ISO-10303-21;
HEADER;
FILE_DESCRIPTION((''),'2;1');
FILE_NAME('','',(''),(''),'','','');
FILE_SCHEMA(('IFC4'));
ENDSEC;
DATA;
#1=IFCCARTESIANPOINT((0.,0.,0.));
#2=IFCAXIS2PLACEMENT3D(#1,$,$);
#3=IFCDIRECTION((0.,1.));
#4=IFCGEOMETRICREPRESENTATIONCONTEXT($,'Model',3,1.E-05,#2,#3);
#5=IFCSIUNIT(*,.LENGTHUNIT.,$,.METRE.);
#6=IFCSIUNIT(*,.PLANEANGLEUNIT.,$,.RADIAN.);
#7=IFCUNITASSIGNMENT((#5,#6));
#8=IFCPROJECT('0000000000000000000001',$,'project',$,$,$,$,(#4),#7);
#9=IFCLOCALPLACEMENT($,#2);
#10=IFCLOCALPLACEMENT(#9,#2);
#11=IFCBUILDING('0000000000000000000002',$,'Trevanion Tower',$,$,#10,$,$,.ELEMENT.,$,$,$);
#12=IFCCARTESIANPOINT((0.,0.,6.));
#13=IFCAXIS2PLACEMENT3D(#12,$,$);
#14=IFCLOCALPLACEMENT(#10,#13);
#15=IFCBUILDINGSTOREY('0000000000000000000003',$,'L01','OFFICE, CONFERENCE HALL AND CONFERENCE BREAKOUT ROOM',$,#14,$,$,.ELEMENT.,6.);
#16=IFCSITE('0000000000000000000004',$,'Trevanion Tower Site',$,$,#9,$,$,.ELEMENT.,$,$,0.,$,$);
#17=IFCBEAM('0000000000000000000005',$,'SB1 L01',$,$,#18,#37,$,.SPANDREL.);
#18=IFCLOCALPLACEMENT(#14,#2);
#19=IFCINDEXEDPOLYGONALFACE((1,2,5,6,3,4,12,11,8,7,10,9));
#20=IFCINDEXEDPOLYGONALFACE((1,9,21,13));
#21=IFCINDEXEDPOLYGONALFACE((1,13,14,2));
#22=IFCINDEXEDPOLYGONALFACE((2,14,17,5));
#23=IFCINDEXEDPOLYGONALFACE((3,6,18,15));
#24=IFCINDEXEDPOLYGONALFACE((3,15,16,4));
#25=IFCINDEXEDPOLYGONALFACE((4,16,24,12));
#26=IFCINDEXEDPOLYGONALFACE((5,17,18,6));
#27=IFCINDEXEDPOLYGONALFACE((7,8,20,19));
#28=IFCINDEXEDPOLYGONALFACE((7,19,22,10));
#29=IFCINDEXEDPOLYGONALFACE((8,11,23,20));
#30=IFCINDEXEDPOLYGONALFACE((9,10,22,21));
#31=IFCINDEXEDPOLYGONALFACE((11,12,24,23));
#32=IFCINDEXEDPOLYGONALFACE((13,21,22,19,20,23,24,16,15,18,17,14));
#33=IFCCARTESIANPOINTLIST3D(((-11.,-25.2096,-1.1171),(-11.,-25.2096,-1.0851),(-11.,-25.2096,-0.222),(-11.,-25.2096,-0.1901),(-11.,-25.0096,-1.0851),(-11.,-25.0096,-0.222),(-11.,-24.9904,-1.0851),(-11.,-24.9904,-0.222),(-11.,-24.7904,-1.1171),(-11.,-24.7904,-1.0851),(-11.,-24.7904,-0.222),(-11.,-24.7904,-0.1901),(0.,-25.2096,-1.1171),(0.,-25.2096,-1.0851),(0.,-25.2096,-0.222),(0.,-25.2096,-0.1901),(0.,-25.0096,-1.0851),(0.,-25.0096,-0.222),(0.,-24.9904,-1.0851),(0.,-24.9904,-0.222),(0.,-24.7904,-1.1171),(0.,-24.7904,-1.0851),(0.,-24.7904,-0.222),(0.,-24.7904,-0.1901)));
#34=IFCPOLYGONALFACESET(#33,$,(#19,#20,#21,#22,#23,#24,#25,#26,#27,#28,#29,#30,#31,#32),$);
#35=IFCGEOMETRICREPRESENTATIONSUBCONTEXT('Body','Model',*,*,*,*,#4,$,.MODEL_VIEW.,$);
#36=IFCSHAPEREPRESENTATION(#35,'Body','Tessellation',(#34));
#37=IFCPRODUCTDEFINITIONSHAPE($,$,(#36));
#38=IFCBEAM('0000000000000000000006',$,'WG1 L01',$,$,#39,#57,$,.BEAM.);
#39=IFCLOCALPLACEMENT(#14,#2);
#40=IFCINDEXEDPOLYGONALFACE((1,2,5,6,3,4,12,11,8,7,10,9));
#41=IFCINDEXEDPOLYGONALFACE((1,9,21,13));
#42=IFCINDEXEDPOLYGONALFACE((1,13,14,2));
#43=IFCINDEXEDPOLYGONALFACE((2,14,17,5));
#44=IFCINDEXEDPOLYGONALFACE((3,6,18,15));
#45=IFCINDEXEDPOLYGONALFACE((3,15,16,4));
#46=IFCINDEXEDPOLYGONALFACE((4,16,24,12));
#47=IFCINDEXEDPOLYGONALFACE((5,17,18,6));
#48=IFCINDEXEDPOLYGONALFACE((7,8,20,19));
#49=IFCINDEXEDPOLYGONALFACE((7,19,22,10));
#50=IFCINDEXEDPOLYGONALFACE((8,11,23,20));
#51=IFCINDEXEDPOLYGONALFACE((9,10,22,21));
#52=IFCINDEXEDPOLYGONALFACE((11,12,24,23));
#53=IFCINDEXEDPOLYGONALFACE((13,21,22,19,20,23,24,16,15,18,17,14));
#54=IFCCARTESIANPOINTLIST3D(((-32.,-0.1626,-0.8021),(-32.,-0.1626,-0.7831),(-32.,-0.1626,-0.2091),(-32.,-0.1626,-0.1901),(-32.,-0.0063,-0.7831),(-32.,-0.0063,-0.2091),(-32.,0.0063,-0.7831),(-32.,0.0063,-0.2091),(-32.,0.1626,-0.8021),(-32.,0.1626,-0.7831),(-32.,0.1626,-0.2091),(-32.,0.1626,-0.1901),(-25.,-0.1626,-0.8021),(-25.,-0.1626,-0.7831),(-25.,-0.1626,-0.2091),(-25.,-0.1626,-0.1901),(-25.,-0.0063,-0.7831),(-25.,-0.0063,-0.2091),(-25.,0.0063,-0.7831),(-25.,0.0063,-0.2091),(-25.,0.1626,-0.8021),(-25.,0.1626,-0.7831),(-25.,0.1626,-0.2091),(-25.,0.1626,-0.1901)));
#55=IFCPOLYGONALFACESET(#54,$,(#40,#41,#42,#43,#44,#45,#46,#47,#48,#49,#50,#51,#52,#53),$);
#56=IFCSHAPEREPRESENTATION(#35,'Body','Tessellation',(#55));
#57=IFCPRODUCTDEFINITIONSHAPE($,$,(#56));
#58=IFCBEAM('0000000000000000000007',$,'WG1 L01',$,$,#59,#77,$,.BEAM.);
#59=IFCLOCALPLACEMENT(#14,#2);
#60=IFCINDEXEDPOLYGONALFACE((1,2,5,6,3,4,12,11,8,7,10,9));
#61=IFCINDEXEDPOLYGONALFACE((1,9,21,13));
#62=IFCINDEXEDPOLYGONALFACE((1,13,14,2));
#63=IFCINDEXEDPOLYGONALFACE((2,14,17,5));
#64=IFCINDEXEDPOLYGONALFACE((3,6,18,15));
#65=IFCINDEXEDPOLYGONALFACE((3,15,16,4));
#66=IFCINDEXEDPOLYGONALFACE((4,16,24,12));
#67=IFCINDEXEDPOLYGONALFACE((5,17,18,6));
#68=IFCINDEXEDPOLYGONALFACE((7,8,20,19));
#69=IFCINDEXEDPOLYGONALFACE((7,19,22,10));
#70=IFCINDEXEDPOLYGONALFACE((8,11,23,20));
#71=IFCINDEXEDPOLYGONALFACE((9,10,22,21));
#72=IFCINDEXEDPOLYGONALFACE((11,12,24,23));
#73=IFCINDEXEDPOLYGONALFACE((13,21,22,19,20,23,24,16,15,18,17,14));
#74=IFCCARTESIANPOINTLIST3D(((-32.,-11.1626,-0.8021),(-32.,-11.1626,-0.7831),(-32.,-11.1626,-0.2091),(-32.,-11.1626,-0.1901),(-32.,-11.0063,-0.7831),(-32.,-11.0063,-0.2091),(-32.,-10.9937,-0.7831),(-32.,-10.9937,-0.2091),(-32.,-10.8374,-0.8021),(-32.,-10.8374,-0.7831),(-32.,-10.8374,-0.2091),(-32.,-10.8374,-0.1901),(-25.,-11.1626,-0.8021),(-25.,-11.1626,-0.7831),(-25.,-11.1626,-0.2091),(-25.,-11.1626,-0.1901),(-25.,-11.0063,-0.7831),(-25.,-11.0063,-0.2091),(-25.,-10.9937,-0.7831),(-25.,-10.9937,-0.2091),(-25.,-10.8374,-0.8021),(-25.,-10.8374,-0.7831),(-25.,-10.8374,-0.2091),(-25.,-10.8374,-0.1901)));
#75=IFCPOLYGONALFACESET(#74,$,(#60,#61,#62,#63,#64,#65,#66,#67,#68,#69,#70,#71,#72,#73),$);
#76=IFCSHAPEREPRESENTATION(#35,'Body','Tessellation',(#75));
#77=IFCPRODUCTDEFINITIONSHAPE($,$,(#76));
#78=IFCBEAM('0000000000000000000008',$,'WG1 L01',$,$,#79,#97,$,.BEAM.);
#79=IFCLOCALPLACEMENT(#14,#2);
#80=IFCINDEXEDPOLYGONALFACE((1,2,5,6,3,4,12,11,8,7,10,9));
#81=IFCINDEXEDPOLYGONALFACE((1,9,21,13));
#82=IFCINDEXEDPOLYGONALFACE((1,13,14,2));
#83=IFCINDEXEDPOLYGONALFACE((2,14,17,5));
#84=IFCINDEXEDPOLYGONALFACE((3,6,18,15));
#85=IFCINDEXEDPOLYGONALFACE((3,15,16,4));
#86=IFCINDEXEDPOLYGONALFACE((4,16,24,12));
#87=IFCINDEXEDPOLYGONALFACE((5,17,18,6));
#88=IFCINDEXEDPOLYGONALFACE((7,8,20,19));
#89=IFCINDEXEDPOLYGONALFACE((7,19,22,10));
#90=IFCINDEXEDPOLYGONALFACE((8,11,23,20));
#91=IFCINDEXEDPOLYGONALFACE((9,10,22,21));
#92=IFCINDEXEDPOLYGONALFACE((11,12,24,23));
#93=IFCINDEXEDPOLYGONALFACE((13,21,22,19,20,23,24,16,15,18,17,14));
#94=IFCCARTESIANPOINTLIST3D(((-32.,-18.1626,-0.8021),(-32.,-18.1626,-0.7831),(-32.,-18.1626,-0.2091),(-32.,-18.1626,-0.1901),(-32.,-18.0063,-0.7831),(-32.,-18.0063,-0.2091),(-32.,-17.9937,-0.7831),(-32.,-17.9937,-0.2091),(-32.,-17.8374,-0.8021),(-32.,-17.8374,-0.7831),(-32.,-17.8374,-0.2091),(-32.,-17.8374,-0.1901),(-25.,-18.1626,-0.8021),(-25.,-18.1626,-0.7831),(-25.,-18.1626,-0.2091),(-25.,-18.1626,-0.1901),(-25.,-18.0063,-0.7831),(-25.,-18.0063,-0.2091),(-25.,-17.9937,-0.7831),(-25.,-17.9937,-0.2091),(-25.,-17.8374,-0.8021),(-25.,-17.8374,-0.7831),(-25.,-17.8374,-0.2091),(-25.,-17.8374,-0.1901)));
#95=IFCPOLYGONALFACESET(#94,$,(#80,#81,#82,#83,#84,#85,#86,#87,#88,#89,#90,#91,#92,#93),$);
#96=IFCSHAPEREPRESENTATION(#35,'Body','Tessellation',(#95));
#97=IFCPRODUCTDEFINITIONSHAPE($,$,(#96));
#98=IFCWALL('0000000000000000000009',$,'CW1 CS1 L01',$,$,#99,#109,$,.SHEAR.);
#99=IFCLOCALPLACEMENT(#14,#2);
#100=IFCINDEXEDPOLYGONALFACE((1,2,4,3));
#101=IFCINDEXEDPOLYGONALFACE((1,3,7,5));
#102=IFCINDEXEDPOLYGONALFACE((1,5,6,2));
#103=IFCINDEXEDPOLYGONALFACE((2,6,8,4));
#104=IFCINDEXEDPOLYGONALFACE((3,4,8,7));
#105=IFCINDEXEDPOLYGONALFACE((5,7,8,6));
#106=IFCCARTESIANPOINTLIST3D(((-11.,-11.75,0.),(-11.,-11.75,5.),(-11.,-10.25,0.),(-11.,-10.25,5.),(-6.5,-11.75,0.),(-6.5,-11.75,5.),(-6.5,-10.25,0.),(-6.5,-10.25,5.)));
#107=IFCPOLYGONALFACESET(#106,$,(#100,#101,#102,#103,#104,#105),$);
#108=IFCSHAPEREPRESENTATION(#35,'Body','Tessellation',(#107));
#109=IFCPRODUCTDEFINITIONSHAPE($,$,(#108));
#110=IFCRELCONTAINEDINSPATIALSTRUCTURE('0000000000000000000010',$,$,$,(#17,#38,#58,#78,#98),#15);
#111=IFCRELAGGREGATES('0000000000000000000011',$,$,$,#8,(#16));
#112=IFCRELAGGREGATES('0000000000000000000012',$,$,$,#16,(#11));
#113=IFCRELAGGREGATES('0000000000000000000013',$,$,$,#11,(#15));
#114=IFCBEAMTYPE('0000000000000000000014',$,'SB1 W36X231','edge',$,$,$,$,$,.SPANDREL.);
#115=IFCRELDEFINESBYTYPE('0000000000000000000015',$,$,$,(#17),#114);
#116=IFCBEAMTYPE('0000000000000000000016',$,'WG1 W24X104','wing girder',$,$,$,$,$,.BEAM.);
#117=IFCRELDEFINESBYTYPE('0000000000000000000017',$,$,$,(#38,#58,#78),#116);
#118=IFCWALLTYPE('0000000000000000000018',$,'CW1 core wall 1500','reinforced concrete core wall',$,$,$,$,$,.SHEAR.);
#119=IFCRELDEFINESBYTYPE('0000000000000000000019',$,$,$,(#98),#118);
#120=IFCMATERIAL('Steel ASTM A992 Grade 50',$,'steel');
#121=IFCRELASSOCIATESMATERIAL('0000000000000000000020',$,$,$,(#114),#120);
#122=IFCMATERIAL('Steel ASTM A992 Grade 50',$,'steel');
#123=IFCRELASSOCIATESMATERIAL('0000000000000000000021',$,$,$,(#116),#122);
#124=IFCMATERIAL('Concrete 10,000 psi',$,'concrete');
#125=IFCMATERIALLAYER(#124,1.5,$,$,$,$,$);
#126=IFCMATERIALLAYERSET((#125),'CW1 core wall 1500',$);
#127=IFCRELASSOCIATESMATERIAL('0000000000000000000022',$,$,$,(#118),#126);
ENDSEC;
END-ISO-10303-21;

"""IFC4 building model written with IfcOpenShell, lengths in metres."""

from ifc_helpers import new_model, si_unit, direction, frame, frame_2d, origin, origin_2d, place, context, subcontext, project, spatial, rectangle, i_section, extrude, material, layer, layer_set, material_profile, profile_set, type_object, element, save


model = new_model("IFC4")

# Units and contexts
model_context = context("Model", 3, precision=1e-05, world=origin(), true_north=direction((0.0, 1.0)))
body_context = subcontext(model_context, "Body", "Model", "MODEL_VIEW")
ifc_project = project(units=[si_unit("LENGTHUNIT", "METRE"), si_unit("PLANEANGLEUNIT", "RADIAN")], contexts=[model_context])

# Site, building, storey
site_placement = place(None, origin())
site = spatial("IfcSite", under=ifc_project, at=site_placement, Name="Trevanion Tower Site", CompositionType="ELEMENT", RefElevation=0.0)
building_placement = place(site_placement, origin())
building = spatial("IfcBuilding", under=site, at=building_placement, Name="Trevanion Tower", CompositionType="ELEMENT")
storey_placement = place(building_placement, frame((0.0, 0.0, 6.0)))
storey = spatial("IfcBuildingStorey", under=building, at=storey_placement, Name="L01", Description="OFFICE, CONFERENCE HALL AND CONFERENCE BREAKOUT ROOM", CompositionType="ELEMENT", Elevation=6.0)

# Beams
ifc_material_1 = material(Name="Steel ASTM A992 Grade 50", Category="steel")
ifc_material_profile_1 = material_profile(ifc_material_1, i_section(OverallWidth=0.4192, OverallDepth=0.927, WebThickness=0.0193, FlangeThickness=0.032, at=origin_2d()), Name="W36X231")
ifc_profile_set_1 = profile_set([ifc_material_profile_1], Name="Steel ASTM A992 Grade 50")
beam_type_1 = type_object("IfcBeamType", Name="SB1 W36X231", Description="edge", PredefinedType="SPANDREL", material=ifc_profile_set_1)
beam_1_placement = place(storey_placement, frame((-11.0, -25.0, -0.6536), z_axis=(1.0, 0.0, 0.0), x_axis=(0.0, 1.0, 0.0)))
element("IfcBeam", 1, at=beam_1_placement, inside=storey, type_object=beam_type_1, Name="SB1 L01", PredefinedType="SPANDREL", context=body_context, shape_type="SweptSolid", body=[
    extrude(i_section(OverallWidth=0.4192, OverallDepth=0.927, WebThickness=0.0193, FlangeThickness=0.032, at=origin_2d()), origin(), (0.0, 0.0, 1.0), 11.0),
])
ifc_material_2 = material(Name="Steel ASTM A992 Grade 50", Category="steel")
ifc_material_profile_2 = material_profile(ifc_material_2, i_section(OverallWidth=0.3252, OverallDepth=0.6121, WebThickness=0.0127, FlangeThickness=0.019, at=origin_2d()), Name="W24X104")
ifc_profile_set_2 = profile_set([ifc_material_profile_2], Name="Steel ASTM A992 Grade 50")
beam_type_2 = type_object("IfcBeamType", Name="WG1 W24X104", Description="wing girder", PredefinedType="BEAM", material=ifc_profile_set_2)
for number, where, z_axis, x_axis, name in (
    (2, (-25.0, 0.0, -0.4961), (-1.0, 0.0, 0.0), (0.0, -1.0, 0.0), "WG1 L01"),
    (3, (-25.0, -11.0, -0.4961), (-1.0, 0.0, 0.0), (0.0, -1.0, 0.0), "WG1 L01"),
    (4, (-25.0, -18.0, -0.4961), (-1.0, 0.0, 0.0), (0.0, -1.0, 0.0), "WG1 L01"),
):
    element("IfcBeam", number, at=place(storey_placement, frame(where, z_axis=z_axis, x_axis=x_axis)), inside=storey, type_object=beam_type_2, Name=name, PredefinedType="BEAM", context=body_context, shape_type="SweptSolid", body=[
        extrude(i_section(OverallWidth=0.3252, OverallDepth=0.6121, WebThickness=0.0127, FlangeThickness=0.019, at=origin_2d()), origin(), (0.0, 0.0, 1.0), 7.0),
    ])

# Wall
ifc_material_3 = material(Name="Concrete 10,000 psi", Category="concrete")
ifc_layer = layer(ifc_material_3, 1.5)
ifc_layer_set = layer_set([ifc_layer], Name="CW1 core wall 1500")
wall_type = type_object("IfcWallType", Name="CW1 core wall 1500", Description="reinforced concrete core wall", PredefinedType="SHEAR", material=ifc_layer_set)
wall_placement = place(storey_placement, frame((-11.0, -11.0, 0.0), z_axis=(0.0, 0.0, 1.0), x_axis=(1.0, 0.0, 0.0)))
element("IfcWall", 5, at=wall_placement, inside=storey, type_object=wall_type, Name="CW1 CS1 L01", PredefinedType="SHEAR", context=body_context, shape_type="SweptSolid", body=[
    extrude(rectangle(XDim=4.5, YDim=1.5, at=frame_2d((2.25, 0.0))), origin(), (0.0, 0.0, 1.0), 5.0),
])

save(model, "model.ifc")
